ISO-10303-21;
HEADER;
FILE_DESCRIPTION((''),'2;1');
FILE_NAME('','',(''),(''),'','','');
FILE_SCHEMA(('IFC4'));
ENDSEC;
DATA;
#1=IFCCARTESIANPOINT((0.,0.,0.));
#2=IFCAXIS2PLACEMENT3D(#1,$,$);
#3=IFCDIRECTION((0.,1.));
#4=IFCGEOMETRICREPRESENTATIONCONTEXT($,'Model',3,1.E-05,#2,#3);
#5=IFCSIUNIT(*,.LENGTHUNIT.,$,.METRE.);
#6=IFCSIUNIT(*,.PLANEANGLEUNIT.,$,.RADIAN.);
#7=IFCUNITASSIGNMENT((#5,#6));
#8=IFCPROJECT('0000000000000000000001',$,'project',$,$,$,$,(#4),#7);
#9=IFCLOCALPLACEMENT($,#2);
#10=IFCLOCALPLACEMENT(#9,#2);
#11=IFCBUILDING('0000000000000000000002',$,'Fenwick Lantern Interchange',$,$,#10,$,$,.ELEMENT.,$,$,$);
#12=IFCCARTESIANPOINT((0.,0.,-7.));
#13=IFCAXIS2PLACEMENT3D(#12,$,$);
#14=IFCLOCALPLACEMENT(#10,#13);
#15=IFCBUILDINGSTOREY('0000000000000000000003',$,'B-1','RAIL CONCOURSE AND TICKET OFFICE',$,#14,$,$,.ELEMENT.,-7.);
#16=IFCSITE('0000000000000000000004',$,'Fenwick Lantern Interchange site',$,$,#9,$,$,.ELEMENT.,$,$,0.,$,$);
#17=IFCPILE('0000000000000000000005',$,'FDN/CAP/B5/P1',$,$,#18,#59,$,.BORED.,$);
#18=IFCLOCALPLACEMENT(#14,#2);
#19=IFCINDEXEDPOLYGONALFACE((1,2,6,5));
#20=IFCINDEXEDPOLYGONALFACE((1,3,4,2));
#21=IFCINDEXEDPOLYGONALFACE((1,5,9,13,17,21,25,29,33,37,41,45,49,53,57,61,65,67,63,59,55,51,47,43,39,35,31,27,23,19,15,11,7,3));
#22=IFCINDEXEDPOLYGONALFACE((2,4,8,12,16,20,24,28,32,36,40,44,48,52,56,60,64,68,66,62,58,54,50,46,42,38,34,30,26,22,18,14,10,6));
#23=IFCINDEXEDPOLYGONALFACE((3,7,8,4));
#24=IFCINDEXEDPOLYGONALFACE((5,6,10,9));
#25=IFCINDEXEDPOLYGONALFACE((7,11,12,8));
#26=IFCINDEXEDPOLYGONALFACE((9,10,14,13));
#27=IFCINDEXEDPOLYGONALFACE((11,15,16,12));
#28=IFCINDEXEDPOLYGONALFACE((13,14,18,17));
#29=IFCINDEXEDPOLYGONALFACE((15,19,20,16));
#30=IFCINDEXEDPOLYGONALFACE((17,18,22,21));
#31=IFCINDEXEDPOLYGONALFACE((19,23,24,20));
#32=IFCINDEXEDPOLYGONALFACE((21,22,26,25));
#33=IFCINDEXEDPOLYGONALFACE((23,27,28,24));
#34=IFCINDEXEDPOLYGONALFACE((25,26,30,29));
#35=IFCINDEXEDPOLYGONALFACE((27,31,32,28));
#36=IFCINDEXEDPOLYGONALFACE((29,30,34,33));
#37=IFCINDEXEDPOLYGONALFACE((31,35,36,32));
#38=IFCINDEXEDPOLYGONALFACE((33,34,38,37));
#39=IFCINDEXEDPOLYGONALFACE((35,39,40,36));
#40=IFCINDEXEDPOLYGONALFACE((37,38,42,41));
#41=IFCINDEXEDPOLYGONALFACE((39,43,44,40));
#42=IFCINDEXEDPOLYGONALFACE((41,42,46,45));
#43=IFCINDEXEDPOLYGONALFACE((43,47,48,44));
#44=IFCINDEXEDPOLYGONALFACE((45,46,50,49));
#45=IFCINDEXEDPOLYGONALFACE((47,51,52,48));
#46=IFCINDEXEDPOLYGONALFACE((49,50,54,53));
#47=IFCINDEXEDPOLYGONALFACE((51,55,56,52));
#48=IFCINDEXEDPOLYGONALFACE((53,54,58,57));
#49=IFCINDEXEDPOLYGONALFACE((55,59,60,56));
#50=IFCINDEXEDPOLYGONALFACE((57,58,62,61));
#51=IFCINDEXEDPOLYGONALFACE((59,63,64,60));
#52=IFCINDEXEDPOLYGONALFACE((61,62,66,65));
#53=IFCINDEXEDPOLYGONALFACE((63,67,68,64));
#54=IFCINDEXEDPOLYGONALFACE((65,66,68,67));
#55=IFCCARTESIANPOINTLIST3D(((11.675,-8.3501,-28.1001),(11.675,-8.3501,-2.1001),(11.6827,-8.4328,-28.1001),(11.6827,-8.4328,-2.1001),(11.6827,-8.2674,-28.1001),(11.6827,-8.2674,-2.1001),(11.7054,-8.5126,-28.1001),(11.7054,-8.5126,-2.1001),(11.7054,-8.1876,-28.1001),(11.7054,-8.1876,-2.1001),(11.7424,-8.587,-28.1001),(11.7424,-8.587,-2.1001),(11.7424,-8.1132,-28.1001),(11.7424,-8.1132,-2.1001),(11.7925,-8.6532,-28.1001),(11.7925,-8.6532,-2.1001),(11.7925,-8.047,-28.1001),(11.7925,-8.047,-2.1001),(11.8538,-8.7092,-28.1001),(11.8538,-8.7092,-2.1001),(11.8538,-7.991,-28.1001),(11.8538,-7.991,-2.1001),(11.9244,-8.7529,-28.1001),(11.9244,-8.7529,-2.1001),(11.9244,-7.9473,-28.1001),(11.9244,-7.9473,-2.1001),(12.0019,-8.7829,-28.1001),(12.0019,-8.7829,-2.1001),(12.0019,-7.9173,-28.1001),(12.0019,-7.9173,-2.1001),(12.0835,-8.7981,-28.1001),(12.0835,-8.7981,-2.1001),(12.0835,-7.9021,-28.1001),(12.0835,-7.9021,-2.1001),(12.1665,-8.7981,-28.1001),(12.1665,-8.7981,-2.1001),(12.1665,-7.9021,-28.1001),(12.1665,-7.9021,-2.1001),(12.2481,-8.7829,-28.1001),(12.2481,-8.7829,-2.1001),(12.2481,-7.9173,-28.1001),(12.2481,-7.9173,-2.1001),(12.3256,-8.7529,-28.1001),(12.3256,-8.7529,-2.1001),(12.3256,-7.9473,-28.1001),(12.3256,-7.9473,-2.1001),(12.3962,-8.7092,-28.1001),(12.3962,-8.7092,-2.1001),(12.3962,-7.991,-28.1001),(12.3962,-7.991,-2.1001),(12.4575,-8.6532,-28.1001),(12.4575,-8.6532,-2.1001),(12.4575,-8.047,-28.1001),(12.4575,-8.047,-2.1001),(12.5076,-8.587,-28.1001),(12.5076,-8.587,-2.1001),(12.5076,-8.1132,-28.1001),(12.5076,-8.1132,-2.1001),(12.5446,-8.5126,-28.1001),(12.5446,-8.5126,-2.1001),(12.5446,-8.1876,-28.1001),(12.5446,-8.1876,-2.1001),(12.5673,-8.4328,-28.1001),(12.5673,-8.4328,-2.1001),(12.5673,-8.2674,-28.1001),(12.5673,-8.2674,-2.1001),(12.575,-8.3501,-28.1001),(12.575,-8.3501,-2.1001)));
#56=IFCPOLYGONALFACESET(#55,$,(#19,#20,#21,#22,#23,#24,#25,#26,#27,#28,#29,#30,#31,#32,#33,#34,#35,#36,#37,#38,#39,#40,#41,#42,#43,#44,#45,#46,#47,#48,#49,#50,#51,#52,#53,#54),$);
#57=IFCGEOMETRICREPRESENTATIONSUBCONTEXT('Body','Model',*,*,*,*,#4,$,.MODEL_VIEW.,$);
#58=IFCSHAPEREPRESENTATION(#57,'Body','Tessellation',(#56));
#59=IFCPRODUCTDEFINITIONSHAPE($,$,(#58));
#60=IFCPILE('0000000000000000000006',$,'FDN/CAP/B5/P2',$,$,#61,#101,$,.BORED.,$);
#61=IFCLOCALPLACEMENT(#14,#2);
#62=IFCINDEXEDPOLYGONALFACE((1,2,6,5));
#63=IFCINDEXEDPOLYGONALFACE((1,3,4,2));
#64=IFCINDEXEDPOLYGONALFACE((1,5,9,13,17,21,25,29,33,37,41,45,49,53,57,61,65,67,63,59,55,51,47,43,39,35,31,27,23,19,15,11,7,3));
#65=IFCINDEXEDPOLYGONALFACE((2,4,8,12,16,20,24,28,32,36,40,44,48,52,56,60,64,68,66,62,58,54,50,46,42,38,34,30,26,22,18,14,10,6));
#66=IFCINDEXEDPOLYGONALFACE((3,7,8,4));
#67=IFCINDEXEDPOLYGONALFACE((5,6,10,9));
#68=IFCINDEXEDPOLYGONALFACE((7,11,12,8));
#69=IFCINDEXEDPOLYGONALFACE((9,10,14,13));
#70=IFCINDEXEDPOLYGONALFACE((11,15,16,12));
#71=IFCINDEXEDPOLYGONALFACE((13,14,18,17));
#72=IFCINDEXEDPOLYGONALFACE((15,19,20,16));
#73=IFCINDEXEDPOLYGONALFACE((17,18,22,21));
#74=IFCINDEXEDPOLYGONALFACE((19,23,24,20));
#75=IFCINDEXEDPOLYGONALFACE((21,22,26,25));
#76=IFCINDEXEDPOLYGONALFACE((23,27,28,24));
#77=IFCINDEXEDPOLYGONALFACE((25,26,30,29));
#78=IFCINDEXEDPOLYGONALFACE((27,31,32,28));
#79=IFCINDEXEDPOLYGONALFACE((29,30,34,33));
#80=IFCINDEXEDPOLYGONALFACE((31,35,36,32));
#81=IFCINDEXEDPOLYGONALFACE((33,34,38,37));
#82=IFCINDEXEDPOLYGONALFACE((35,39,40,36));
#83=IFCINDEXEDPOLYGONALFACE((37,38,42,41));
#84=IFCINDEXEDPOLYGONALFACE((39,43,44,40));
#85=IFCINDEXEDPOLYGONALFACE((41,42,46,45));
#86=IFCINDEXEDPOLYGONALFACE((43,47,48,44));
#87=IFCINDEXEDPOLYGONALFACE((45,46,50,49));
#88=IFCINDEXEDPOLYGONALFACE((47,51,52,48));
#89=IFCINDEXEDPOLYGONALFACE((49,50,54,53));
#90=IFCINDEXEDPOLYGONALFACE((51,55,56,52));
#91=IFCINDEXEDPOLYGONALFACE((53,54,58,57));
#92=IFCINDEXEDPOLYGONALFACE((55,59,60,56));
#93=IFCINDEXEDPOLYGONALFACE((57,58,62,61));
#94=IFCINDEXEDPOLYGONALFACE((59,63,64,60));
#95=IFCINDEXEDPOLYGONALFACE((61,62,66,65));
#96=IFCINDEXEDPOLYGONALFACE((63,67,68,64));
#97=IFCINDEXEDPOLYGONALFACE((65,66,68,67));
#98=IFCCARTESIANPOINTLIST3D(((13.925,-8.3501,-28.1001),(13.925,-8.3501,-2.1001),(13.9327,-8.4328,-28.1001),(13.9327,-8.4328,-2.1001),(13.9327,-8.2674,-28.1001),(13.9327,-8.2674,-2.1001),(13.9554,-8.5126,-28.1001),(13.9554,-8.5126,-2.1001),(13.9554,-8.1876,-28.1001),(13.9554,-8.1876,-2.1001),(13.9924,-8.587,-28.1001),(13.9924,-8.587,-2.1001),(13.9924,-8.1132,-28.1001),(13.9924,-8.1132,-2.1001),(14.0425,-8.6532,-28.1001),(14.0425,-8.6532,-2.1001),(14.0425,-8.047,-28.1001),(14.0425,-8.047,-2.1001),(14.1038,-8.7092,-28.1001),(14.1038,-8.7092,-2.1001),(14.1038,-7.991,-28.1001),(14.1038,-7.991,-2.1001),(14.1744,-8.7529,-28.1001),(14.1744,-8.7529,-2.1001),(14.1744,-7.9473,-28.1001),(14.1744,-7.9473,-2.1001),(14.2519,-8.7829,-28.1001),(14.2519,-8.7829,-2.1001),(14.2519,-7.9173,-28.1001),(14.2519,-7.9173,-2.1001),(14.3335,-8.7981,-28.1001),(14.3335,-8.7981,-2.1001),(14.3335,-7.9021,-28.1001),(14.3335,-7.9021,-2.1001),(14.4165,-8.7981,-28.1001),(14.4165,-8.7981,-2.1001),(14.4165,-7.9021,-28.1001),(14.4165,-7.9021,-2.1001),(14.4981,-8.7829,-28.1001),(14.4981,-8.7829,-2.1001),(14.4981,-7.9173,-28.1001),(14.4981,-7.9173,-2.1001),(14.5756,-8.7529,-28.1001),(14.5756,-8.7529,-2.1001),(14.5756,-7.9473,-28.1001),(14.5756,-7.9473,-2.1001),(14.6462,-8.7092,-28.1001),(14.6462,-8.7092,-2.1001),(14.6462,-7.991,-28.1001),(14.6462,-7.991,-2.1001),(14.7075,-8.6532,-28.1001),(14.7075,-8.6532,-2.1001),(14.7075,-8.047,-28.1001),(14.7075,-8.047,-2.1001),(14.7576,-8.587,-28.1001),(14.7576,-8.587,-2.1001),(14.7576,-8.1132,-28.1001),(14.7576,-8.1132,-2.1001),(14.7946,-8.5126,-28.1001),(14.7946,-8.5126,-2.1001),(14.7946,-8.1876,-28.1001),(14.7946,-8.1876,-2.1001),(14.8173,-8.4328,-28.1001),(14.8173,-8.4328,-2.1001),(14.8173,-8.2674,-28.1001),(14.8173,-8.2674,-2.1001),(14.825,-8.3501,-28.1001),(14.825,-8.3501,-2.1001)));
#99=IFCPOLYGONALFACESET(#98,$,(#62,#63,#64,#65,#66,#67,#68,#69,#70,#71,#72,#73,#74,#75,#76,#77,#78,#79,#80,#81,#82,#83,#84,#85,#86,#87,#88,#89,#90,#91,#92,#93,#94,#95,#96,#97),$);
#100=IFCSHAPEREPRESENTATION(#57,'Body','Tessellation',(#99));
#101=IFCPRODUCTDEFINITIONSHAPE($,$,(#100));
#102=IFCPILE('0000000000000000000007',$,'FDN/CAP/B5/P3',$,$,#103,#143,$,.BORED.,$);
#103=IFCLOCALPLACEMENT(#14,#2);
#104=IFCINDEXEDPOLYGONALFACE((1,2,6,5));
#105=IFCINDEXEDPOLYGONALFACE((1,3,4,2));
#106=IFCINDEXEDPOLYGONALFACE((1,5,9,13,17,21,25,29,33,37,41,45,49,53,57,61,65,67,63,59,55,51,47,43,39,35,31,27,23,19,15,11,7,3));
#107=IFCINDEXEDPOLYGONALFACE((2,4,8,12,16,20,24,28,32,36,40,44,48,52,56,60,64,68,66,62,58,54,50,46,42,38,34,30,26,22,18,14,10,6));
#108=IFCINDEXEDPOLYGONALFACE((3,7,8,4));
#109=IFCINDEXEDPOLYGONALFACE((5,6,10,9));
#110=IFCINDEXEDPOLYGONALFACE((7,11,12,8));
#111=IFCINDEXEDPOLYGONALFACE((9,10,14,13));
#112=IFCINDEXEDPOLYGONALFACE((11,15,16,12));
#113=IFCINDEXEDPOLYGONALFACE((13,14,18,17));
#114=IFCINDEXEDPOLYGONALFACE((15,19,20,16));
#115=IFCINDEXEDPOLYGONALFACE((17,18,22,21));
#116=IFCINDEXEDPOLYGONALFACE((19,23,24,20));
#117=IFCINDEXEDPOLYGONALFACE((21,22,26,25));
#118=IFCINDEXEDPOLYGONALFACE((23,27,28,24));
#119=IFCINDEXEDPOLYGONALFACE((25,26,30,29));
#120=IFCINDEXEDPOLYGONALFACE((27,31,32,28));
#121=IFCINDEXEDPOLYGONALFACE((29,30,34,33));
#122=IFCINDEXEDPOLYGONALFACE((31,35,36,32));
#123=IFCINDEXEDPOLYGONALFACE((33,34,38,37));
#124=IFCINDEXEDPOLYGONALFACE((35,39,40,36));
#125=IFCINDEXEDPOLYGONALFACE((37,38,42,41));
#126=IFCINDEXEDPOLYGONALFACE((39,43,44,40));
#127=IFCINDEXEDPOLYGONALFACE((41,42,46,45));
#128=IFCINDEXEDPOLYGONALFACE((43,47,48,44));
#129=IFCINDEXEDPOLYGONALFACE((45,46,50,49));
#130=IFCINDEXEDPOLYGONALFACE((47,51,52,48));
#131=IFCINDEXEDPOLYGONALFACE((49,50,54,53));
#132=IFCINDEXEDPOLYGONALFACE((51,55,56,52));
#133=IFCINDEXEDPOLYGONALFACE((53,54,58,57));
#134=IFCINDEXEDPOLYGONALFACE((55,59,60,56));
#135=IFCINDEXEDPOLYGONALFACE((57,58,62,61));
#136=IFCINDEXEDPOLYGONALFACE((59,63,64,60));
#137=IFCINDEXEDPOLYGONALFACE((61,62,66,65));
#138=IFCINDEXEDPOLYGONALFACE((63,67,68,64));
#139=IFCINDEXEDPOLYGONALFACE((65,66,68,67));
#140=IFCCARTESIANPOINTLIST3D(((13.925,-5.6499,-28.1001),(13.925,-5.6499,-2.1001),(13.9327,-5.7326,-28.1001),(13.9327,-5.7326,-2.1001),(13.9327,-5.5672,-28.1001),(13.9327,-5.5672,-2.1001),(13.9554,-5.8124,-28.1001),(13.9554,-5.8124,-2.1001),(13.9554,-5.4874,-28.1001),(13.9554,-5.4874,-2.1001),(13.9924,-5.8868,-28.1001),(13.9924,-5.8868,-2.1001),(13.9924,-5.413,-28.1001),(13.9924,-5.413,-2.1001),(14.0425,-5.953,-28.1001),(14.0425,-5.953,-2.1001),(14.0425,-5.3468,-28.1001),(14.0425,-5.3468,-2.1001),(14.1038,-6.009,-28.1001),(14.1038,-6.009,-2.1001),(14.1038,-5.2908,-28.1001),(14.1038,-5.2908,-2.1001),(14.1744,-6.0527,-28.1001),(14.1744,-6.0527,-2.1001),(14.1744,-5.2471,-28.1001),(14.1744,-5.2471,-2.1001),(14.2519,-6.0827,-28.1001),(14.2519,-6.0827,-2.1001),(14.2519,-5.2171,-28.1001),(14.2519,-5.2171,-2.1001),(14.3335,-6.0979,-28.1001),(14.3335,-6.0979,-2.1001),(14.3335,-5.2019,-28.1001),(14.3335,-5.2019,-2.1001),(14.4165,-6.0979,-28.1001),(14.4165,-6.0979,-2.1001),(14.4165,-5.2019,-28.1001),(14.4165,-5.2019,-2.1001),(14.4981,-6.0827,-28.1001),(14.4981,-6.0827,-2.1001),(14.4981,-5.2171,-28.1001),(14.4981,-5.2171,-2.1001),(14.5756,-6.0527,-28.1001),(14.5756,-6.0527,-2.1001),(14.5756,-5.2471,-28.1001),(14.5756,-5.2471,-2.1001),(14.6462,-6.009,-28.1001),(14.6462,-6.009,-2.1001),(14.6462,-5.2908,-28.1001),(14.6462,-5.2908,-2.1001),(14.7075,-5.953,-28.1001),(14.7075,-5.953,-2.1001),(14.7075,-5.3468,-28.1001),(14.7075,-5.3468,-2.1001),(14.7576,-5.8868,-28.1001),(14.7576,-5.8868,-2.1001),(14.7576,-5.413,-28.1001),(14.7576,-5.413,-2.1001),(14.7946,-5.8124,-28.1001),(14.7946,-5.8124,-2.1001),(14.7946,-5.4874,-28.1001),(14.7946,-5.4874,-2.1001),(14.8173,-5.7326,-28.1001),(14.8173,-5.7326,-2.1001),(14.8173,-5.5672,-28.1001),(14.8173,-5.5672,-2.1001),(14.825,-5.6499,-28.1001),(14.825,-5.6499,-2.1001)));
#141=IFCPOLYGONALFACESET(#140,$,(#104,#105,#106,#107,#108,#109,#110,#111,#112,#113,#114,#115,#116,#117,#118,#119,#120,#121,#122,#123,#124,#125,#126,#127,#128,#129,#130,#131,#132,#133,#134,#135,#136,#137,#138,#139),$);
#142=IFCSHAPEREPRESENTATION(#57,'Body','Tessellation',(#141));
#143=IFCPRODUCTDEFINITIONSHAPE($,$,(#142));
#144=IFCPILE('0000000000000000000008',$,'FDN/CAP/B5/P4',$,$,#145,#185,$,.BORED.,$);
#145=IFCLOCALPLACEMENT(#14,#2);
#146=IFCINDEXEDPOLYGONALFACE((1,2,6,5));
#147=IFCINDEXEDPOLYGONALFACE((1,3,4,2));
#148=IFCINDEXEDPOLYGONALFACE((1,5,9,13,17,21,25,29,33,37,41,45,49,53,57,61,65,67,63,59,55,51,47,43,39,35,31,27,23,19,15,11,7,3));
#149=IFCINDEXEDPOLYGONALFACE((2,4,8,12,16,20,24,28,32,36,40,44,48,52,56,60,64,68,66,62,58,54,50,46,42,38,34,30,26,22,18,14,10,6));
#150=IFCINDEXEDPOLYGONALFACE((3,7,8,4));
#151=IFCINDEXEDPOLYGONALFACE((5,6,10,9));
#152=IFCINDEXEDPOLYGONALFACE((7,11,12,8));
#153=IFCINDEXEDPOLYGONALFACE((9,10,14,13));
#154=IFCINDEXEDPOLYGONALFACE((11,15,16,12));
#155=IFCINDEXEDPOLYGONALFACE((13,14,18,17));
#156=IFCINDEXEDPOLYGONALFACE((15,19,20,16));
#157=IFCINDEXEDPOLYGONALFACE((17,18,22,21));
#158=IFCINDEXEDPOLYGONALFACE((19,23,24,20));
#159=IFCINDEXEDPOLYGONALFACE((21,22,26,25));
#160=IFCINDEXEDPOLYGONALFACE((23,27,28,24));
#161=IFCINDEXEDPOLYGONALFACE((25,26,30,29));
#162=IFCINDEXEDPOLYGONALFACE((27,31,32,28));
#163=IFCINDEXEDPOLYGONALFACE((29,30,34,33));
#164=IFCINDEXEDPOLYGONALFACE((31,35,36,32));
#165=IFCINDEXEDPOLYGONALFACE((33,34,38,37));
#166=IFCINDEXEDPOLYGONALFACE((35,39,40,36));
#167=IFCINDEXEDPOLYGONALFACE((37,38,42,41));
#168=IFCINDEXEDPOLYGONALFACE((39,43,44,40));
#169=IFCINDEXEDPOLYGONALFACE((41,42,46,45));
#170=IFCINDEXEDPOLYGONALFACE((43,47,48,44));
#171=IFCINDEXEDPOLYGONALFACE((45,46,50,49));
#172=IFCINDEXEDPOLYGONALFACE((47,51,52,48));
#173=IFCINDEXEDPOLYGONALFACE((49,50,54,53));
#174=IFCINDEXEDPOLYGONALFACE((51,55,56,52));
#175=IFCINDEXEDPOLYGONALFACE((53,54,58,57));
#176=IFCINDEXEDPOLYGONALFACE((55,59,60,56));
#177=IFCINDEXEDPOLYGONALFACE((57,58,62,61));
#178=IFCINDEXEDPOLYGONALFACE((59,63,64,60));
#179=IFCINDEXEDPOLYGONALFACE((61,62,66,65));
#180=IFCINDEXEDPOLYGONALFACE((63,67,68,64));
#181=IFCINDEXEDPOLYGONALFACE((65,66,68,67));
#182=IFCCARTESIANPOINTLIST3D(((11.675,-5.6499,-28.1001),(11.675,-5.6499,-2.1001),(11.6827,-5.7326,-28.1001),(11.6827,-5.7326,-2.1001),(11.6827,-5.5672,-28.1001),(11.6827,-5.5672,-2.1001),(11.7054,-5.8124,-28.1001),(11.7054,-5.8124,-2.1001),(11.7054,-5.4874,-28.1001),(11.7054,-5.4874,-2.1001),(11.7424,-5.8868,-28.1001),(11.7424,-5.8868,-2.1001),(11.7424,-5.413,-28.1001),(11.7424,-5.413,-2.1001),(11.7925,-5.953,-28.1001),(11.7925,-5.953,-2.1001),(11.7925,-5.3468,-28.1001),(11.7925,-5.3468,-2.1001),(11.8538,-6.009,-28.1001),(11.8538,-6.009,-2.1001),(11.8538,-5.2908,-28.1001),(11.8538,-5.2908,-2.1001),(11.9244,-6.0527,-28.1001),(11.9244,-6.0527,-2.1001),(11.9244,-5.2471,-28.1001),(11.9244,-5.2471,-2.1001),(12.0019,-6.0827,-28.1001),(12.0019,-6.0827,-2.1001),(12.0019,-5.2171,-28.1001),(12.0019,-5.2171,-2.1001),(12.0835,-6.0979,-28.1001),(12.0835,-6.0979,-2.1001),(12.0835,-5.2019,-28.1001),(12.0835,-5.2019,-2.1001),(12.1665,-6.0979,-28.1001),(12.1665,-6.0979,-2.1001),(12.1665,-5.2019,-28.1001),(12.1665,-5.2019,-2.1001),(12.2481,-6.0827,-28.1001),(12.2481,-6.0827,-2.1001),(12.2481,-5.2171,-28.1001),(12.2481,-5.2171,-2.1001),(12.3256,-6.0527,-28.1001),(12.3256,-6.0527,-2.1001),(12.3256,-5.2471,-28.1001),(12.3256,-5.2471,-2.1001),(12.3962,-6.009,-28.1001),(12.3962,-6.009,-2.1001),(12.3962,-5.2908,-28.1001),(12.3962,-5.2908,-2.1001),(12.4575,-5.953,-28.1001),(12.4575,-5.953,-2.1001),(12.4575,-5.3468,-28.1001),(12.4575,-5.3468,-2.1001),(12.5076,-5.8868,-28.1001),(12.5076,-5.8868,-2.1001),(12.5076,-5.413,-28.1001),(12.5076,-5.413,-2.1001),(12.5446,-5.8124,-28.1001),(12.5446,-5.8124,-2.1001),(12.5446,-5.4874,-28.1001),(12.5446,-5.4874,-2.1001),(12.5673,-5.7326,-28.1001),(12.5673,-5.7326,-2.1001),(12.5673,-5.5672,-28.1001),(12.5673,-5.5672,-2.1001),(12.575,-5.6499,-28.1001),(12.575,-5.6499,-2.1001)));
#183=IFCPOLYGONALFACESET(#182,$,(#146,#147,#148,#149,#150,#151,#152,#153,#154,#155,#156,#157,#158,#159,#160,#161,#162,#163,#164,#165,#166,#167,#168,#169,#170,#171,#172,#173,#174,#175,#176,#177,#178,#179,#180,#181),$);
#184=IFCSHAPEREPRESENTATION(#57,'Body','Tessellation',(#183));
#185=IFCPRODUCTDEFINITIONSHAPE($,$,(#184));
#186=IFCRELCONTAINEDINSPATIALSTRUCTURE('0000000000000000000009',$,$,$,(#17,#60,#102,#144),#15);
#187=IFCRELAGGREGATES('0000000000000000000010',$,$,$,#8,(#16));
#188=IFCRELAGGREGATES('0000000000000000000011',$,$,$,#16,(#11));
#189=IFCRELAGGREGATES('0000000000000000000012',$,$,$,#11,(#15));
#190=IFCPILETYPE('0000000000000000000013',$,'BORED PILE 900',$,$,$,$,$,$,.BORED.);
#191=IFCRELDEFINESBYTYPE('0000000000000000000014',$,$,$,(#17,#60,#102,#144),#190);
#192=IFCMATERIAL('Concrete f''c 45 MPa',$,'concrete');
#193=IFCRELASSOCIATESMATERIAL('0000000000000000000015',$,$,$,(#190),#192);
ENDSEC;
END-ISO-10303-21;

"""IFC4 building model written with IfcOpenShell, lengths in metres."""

from ifc_helpers import new_model, si_unit, direction, frame, origin, origin_2d, place, context, subcontext, project, spatial, circle, extrude, material, type_object, element, save


model = new_model("IFC4")

# Units and contexts
model_context = context("Model", 3, precision=1e-05, world=origin(), true_north=direction((0.0, 1.0)))
body_context = subcontext(model_context, "Body", "Model", "MODEL_VIEW")
ifc_project = project(units=[si_unit("LENGTHUNIT", "METRE"), si_unit("PLANEANGLEUNIT", "RADIAN")], contexts=[model_context])

# Site, building, storey
site_placement = place(None, origin())
site = spatial("IfcSite", under=ifc_project, at=site_placement, Name="Fenwick Lantern Interchange site", CompositionType="ELEMENT", RefElevation=0.0)
building_placement = place(site_placement, origin())
building = spatial("IfcBuilding", under=site, at=building_placement, Name="Fenwick Lantern Interchange", CompositionType="ELEMENT")
storey_placement = place(building_placement, frame((0.0, 0.0, -7.0)))
storey = spatial("IfcBuildingStorey", under=building, at=storey_placement, Name="B-1", Description="RAIL CONCOURSE AND TICKET OFFICE", CompositionType="ELEMENT", Elevation=-7.0)

# Piles
ifc_material_1 = material(Name="Concrete f'c 45 MPa", Category="concrete")
pile_type_1 = type_object("IfcPileType", Name="BORED PILE 900", PredefinedType="BORED", material=ifc_material_1)
for number, where, z_axis, x_axis, name in (
    (1, (12.125, -8.3501, -2.1001), (0.0, 0.0, -1.0), (1.0, 0.0, 0.0), "FDN/CAP/B5/P1"),
    (2, (14.375, -8.3501, -2.1001), (0.0, 0.0, -1.0), (1.0, 0.0, 0.0), "FDN/CAP/B5/P2"),
    (3, (14.375, -5.6499, -2.1001), (0.0, 0.0, -1.0), (1.0, 0.0, 0.0), "FDN/CAP/B5/P3"),
    (4, (12.125, -5.6499, -2.1001), (0.0, 0.0, -1.0), (1.0, 0.0, 0.0), "FDN/CAP/B5/P4"),
):
    element("IfcPile", number, at=place(storey_placement, frame(where, z_axis=z_axis, x_axis=x_axis)), inside=storey, type_object=pile_type_1, Name=name, PredefinedType="BORED", context=body_context, shape_type="SweptSolid", body=[
        extrude(circle(Radius=0.45, at=origin_2d()), origin(), (0.0, 0.0, 1.0), 26.0),
    ])

save(model, "model.ifc")
